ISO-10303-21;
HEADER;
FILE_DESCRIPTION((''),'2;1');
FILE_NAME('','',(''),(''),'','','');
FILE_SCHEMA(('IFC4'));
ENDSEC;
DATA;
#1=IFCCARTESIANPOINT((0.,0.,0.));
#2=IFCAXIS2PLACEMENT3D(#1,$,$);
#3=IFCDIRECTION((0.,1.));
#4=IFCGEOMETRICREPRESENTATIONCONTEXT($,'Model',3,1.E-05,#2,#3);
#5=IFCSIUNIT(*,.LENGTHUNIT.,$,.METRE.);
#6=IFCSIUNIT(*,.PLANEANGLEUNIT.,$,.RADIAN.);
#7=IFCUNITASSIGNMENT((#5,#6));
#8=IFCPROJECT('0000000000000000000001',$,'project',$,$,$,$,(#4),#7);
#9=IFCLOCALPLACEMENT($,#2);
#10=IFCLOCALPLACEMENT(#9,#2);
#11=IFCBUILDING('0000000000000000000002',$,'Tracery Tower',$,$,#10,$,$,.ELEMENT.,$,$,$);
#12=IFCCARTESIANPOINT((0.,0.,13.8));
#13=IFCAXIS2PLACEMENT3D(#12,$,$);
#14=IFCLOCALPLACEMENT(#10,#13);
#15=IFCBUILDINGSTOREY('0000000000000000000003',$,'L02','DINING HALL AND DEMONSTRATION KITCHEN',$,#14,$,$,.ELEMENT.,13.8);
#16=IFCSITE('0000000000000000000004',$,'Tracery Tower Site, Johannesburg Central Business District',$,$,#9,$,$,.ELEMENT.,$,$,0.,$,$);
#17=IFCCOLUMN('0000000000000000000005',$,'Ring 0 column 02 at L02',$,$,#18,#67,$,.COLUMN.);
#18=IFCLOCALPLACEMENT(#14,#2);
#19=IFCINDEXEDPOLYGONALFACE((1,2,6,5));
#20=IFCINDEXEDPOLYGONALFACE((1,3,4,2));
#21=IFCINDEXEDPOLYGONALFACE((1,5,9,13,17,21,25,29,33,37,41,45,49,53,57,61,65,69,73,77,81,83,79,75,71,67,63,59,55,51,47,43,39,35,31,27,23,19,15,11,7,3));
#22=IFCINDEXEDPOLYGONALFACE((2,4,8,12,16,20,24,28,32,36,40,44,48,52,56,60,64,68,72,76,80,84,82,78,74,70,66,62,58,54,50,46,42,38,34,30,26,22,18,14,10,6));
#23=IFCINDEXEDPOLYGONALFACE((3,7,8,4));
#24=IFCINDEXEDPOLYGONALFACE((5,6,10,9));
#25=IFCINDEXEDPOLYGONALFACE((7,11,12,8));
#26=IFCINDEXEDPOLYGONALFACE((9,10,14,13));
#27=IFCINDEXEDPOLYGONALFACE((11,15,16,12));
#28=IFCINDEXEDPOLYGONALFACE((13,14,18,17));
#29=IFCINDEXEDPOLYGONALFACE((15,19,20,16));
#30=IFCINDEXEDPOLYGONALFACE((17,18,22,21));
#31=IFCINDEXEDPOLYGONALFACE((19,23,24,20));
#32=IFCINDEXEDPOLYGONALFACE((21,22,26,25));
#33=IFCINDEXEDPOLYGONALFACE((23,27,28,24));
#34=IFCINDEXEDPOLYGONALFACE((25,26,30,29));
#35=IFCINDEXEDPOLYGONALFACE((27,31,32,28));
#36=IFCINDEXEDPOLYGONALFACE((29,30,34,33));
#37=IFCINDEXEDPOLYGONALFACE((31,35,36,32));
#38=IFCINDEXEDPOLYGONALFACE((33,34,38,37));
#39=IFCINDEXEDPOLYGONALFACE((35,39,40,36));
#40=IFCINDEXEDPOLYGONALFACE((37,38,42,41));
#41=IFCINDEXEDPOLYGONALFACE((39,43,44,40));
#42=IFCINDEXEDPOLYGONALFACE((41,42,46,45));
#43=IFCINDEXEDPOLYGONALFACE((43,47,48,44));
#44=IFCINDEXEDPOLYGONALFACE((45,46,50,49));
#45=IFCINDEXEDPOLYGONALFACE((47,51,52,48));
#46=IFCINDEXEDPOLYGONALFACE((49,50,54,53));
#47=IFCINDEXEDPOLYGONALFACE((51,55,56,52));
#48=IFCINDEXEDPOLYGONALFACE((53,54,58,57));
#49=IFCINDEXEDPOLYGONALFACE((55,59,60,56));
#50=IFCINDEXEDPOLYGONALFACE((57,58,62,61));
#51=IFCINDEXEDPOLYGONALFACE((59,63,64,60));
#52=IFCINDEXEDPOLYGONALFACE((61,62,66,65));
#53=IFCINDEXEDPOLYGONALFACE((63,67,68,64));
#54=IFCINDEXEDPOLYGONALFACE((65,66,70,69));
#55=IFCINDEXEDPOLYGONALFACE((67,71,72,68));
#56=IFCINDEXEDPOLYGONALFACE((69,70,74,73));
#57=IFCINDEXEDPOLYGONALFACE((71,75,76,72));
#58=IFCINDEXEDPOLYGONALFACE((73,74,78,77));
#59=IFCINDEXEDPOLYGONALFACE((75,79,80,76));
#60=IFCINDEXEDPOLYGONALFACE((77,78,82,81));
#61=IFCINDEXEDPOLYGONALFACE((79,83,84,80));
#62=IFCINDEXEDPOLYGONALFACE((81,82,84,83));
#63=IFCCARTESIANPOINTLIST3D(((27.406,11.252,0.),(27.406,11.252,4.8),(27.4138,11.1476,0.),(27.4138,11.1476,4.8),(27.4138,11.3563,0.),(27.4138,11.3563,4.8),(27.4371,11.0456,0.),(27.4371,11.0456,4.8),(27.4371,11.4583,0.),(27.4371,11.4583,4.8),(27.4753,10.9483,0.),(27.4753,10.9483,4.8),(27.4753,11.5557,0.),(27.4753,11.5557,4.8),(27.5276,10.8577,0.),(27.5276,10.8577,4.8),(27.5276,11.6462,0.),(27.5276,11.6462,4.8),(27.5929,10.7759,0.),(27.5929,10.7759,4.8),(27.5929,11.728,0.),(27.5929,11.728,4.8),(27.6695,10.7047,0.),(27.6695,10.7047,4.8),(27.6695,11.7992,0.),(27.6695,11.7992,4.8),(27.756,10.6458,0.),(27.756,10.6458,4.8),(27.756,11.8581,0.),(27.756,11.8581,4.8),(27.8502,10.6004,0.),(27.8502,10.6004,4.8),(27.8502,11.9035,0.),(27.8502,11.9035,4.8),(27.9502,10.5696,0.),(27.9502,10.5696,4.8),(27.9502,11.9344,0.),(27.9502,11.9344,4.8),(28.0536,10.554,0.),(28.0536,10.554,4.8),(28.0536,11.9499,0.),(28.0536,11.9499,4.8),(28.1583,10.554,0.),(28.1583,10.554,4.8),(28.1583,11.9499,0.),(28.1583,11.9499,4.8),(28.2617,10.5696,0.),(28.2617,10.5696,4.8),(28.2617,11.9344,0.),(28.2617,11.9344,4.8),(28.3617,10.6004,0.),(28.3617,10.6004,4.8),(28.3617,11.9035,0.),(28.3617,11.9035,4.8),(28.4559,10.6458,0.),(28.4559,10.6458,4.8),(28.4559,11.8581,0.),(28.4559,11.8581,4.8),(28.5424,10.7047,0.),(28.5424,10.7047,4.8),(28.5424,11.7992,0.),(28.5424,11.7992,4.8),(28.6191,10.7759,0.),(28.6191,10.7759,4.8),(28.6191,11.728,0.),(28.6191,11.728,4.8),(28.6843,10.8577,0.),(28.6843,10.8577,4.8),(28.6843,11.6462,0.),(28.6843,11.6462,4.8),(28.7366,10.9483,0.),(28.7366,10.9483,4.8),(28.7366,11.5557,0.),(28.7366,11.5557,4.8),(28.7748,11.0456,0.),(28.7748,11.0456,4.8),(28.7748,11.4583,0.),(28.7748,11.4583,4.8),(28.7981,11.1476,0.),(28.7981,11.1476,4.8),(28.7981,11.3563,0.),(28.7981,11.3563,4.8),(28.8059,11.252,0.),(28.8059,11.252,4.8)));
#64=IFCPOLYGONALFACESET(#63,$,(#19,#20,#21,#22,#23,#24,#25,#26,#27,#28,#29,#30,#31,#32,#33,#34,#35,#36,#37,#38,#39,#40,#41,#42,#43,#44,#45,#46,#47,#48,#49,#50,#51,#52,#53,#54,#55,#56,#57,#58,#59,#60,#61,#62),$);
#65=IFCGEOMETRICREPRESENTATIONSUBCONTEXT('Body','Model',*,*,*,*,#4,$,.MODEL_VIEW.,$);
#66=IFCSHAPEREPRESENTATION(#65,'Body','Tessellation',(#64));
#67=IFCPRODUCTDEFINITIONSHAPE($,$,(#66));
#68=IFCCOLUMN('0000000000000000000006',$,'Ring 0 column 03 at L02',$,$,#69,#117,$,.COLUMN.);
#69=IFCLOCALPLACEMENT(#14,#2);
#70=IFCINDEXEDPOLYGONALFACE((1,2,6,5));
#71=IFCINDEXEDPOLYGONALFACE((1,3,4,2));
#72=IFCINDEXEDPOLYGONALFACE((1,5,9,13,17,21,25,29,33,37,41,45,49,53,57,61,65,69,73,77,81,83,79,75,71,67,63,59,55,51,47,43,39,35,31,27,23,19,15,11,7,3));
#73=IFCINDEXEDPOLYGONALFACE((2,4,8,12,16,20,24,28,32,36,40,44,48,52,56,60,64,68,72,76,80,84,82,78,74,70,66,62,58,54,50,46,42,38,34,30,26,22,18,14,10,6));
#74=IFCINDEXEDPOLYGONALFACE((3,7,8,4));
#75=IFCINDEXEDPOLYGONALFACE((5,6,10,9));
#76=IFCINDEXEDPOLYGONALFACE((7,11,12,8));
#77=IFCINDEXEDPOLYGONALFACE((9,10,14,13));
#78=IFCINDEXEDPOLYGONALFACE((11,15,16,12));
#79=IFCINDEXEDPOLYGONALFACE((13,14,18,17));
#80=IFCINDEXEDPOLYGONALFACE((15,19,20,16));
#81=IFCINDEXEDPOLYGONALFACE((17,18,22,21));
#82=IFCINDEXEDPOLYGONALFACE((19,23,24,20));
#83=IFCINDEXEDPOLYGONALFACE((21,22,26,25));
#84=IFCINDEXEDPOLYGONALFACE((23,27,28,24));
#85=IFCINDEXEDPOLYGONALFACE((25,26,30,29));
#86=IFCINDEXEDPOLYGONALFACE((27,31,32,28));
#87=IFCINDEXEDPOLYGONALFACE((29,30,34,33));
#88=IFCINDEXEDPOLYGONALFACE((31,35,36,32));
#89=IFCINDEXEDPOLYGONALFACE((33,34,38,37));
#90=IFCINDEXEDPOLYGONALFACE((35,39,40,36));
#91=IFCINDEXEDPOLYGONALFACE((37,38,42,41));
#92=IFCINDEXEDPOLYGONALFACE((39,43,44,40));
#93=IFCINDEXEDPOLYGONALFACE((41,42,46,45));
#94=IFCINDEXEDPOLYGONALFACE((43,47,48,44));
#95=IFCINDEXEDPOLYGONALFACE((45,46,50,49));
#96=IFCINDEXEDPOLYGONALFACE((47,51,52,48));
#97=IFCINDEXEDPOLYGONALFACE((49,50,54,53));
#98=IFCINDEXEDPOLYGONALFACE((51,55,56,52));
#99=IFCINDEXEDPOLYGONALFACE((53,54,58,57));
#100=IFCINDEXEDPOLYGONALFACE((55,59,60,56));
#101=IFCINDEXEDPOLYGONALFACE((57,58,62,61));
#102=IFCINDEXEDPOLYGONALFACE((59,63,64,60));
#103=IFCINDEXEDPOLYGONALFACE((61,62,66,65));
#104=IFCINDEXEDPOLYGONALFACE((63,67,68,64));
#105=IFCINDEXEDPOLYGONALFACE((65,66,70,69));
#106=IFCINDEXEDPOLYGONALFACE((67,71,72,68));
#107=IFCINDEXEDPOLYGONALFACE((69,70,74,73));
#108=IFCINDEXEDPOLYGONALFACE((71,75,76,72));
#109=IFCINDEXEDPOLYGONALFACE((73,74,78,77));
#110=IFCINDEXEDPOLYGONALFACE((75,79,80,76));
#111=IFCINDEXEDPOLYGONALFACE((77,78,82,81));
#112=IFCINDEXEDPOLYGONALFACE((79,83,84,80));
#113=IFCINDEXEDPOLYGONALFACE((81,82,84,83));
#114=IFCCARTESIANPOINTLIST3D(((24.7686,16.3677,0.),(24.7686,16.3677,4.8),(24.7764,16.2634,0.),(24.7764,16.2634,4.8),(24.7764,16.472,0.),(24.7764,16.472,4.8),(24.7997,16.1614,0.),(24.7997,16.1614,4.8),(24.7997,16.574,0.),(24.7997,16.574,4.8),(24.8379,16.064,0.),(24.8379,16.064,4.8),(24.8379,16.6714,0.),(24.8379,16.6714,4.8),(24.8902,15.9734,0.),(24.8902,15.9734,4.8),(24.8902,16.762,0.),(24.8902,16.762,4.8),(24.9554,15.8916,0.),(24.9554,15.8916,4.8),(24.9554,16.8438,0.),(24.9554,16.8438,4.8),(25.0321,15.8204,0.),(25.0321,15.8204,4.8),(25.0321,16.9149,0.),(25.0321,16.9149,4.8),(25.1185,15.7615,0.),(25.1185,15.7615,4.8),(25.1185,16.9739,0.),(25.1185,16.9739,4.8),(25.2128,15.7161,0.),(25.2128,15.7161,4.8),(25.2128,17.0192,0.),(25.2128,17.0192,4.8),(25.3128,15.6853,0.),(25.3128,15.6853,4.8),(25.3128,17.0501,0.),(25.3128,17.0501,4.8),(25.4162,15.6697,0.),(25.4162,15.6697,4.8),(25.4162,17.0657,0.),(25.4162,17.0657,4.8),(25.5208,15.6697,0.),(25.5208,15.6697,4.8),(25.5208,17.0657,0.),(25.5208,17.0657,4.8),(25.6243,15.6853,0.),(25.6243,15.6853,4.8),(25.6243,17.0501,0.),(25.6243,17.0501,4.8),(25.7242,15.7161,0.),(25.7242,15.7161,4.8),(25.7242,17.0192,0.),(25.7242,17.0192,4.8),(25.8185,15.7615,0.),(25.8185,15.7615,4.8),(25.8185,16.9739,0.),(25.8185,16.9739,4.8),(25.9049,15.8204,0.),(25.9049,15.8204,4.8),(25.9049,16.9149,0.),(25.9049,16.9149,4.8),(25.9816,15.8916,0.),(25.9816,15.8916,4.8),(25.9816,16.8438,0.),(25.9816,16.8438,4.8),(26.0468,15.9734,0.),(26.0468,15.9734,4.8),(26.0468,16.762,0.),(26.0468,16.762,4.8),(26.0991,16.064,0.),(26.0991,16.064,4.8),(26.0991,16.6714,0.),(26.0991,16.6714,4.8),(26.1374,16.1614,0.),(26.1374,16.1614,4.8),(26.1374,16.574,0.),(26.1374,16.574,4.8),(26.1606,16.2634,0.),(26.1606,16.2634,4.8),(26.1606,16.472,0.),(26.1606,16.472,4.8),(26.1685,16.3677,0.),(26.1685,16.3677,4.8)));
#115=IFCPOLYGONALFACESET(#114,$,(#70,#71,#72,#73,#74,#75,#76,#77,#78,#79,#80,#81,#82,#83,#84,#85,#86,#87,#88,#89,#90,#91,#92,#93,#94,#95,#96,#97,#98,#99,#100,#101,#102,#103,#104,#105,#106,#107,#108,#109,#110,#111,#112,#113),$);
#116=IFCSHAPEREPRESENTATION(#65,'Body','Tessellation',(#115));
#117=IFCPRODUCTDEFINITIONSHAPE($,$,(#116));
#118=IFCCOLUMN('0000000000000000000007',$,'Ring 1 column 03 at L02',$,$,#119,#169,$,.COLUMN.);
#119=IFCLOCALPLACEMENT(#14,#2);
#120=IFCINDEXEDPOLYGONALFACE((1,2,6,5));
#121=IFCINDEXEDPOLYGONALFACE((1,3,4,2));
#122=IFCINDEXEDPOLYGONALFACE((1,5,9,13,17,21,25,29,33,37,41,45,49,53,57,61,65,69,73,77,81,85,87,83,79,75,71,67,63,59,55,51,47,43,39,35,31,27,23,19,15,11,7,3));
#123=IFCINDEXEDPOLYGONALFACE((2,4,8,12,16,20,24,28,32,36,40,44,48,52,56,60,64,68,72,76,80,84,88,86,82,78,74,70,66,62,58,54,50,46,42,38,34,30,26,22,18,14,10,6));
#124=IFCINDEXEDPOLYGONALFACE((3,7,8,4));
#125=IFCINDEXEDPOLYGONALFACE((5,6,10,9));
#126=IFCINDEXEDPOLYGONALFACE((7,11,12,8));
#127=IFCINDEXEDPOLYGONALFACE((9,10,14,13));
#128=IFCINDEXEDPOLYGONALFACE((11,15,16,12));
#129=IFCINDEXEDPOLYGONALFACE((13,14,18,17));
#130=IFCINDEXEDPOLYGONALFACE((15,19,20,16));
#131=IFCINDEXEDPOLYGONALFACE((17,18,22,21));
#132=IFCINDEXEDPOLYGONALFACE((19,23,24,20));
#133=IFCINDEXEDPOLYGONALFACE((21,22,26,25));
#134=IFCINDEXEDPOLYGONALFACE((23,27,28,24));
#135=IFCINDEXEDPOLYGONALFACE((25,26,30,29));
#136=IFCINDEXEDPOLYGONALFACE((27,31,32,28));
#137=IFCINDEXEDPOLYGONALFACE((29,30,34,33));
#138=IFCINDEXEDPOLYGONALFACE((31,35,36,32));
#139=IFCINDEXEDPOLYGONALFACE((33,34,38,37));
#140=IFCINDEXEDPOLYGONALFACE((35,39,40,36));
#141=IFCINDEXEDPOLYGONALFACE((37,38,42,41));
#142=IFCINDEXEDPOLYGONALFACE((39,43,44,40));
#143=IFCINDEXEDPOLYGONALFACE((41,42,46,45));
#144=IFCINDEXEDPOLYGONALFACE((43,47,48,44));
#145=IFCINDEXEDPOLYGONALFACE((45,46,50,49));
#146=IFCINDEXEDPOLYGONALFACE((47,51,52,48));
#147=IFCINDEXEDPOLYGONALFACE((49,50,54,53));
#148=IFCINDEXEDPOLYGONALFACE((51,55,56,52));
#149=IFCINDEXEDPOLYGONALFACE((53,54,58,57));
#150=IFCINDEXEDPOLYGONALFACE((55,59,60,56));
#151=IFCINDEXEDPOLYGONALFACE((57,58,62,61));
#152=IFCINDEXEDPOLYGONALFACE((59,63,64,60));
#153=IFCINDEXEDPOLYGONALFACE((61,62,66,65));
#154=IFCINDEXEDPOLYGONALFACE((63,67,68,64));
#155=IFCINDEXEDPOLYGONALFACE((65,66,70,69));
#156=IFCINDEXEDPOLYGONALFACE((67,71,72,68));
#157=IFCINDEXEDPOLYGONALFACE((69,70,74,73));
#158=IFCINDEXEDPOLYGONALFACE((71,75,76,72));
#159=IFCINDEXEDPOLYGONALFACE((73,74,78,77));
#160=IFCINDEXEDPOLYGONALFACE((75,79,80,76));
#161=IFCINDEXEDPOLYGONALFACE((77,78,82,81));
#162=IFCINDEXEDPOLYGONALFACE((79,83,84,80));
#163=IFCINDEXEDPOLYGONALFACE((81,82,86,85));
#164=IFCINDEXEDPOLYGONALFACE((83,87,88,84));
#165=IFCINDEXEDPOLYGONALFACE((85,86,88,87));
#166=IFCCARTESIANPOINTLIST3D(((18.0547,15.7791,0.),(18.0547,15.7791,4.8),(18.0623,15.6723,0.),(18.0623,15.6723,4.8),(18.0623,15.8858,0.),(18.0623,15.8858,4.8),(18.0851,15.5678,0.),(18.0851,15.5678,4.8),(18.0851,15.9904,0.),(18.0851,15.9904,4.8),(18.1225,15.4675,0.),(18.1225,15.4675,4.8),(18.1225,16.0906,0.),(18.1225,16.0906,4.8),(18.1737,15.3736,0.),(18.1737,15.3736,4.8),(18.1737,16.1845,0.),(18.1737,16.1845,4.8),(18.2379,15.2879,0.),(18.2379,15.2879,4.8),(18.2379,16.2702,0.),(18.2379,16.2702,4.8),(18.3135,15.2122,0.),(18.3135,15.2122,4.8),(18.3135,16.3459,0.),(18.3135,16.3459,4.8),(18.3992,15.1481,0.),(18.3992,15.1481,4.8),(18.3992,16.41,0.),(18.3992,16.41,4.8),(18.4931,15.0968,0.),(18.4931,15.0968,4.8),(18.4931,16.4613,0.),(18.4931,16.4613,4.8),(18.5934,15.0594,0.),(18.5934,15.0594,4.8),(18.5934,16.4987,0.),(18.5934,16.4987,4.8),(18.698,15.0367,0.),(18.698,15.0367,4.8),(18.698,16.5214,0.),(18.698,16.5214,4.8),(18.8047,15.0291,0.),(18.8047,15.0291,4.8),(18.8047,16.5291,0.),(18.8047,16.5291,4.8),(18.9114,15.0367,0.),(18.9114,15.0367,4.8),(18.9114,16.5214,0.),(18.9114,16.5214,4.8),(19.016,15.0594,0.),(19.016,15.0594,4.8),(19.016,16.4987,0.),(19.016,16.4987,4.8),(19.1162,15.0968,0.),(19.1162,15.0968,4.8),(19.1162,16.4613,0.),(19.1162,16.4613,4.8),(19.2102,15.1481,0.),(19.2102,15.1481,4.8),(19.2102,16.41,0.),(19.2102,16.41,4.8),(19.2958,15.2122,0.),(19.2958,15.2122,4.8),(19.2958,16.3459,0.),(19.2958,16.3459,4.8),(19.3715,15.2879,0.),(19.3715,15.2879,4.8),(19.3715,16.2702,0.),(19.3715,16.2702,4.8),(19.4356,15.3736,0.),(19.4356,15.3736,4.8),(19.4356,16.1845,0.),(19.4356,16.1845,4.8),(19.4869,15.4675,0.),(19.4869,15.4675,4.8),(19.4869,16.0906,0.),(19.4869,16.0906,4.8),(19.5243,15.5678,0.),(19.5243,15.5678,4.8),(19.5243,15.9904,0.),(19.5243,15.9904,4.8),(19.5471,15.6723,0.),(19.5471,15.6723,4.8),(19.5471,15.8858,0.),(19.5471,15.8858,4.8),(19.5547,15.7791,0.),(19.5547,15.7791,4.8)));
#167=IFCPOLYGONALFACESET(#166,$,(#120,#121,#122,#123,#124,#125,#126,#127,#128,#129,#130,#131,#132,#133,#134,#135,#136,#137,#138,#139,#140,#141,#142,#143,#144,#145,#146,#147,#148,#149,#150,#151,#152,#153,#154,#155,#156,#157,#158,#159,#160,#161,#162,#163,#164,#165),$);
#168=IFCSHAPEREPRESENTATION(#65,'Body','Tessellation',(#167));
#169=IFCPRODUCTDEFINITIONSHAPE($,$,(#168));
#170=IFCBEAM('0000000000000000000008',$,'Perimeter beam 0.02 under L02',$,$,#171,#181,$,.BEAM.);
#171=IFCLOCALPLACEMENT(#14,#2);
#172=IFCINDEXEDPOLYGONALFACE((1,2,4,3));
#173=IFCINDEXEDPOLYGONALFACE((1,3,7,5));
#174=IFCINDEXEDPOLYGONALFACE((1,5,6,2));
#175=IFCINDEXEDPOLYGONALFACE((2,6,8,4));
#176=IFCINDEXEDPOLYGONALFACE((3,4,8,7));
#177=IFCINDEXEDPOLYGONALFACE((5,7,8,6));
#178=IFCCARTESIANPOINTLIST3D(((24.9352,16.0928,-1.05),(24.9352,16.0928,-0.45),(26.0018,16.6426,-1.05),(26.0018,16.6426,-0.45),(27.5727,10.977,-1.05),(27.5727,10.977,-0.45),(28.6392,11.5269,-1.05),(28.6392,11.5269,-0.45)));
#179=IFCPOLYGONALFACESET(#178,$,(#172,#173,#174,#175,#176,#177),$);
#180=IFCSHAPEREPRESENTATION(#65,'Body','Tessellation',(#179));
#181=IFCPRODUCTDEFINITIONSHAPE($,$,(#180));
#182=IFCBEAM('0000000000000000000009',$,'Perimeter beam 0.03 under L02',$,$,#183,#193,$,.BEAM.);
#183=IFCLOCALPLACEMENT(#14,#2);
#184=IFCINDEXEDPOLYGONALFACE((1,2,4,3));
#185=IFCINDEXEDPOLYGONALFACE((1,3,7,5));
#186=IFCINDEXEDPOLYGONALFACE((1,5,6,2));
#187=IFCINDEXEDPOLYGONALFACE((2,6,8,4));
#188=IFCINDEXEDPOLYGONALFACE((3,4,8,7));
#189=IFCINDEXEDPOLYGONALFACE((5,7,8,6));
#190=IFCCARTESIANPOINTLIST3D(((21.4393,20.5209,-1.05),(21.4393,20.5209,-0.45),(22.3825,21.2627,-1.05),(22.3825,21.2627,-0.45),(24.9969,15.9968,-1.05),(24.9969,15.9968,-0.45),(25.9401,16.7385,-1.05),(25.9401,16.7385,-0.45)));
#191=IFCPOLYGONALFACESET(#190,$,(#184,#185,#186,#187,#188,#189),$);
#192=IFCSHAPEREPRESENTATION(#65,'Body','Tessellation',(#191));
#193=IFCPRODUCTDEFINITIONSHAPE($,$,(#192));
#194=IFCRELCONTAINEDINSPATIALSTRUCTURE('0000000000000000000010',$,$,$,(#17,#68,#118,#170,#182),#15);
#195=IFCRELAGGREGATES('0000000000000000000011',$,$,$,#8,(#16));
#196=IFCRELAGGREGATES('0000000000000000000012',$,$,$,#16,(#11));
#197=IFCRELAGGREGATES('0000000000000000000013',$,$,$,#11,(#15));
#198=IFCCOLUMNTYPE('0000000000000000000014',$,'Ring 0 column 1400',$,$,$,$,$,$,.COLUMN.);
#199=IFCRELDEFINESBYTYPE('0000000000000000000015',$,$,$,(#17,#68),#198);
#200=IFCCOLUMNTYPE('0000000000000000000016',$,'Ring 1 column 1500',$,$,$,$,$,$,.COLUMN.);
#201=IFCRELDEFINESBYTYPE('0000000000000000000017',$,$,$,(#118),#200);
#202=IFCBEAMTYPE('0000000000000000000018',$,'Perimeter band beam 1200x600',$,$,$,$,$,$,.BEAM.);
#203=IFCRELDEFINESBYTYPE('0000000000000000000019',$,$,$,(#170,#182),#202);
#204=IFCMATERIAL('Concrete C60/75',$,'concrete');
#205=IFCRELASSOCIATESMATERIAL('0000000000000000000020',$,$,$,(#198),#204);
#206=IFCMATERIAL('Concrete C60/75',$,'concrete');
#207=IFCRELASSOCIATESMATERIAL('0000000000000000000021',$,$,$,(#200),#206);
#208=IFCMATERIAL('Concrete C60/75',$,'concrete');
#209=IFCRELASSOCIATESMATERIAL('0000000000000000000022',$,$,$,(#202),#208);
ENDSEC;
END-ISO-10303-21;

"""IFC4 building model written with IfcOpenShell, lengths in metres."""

from ifc_helpers import new_model, si_unit, direction, frame, origin, origin_2d, place, context, subcontext, project, spatial, rectangle, circle, extrude, material, material_profile, profile_set, type_object, element, save


model = new_model("IFC4")

# Units and contexts
model_context = context("Model", 3, precision=1e-05, world=origin(), true_north=direction((0.0, 1.0)))
body_context = subcontext(model_context, "Body", "Model", "MODEL_VIEW")
ifc_project = project(units=[si_unit("LENGTHUNIT", "METRE"), si_unit("PLANEANGLEUNIT", "RADIAN")], contexts=[model_context])

# Site, building, storey
site_placement = place(None, origin())
site = spatial("IfcSite", under=ifc_project, at=site_placement, Name="Tracery Tower Site, Johannesburg Central Business District", CompositionType="ELEMENT", RefElevation=0.0)
building_placement = place(site_placement, origin())
building = spatial("IfcBuilding", under=site, at=building_placement, Name="Tracery Tower", CompositionType="ELEMENT")
storey_placement = place(building_placement, frame((0.0, 0.0, 13.8)))
storey = spatial("IfcBuildingStorey", under=building, at=storey_placement, Name="L02", Description="DINING HALL AND DEMONSTRATION KITCHEN", CompositionType="ELEMENT", Elevation=13.8)

# Columns
ifc_material_1 = material(Name="Concrete C60/75", Category="concrete")
ifc_material_profile_1 = material_profile(ifc_material_1, circle(Radius=0.7, at=origin_2d()), Name="RC D1400")
ifc_profile_set_1 = profile_set([ifc_material_profile_1], Name="Concrete C60/75")
column_type_1 = type_object("IfcColumnType", Name="Ring 0 column 1400", PredefinedType="COLUMN", material=ifc_profile_set_1)
for number, where, z_axis, x_axis, name in (
    (1, (28.106, 11.252, 0.0), (0.0, 0.0, 1.0), (1.0, 0.0, 0.0), "Ring 0 column 02 at L02"),
    (2, (25.4685, 16.3677, 0.0), (0.0, 0.0, 1.0), (1.0, 0.0, 0.0), "Ring 0 column 03 at L02"),
):
    element("IfcColumn", number, at=place(storey_placement, frame(where, z_axis=z_axis, x_axis=x_axis)), inside=storey, type_object=column_type_1, Name=name, PredefinedType="COLUMN", context=body_context, shape_type="SweptSolid", body=[
        extrude(circle(Radius=0.7, at=origin_2d()), origin(), (0.0, 0.0, 1.0), 4.8),
    ])
ifc_material_2 = material(Name="Concrete C60/75", Category="concrete")
ifc_material_profile_2 = material_profile(ifc_material_2, circle(Radius=0.75, at=origin_2d()), Name="RC D1500")
ifc_profile_set_2 = profile_set([ifc_material_profile_2], Name="Concrete C60/75")
column_type_2 = type_object("IfcColumnType", Name="Ring 1 column 1500", PredefinedType="COLUMN", material=ifc_profile_set_2)
column_placement = place(storey_placement, frame((18.8047, 15.7791, 0.0), z_axis=(0.0, 0.0, 1.0), x_axis=(1.0, 0.0, 0.0)))
element("IfcColumn", 3, at=column_placement, inside=storey, type_object=column_type_2, Name="Ring 1 column 03 at L02", PredefinedType="COLUMN", context=body_context, shape_type="SweptSolid", body=[
    extrude(circle(Radius=0.75, at=origin_2d()), origin(), (0.0, 0.0, 1.0), 4.8),
])

# Beams
ifc_material_3 = material(Name="Concrete C60/75", Category="concrete")
ifc_material_profile_3 = material_profile(ifc_material_3, rectangle(XDim=1.2, YDim=0.6001, at=origin_2d()), Name="RC 1200x600")
ifc_profile_set_3 = profile_set([ifc_material_profile_3], Name="Concrete C60/75")
beam_type = type_object("IfcBeamType", Name="Perimeter band beam 1200x600", PredefinedType="BEAM", material=ifc_profile_set_3)
beam_1_placement = place(storey_placement, frame((28.106, 11.252, -0.75), z_axis=(-0.458242, 0.888827, 0.0), x_axis=(-0.888827, -0.458242, 0.0)))
element("IfcBeam", 4, at=beam_1_placement, inside=storey, type_object=beam_type, Name="Perimeter beam 0.02 under L02", PredefinedType="BEAM", context=body_context, shape_type="SweptSolid", body=[
    extrude(rectangle(XDim=1.2, YDim=0.6001, at=origin_2d()), origin(), (0.0, 0.0, 1.0), 5.7556),
])
beam_2_placement = place(storey_placement, frame((25.4685, 16.3677, -0.75), z_axis=(-0.618134, 0.786072, 0.0), x_axis=(-0.786072, -0.618134, 0.0)))
element("IfcBeam", 5, at=beam_2_placement, inside=storey, type_object=beam_type, Name="Perimeter beam 0.03 under L02", PredefinedType="BEAM", context=body_context, shape_type="SweptSolid", body=[
    extrude(rectangle(XDim=1.2, YDim=0.6001, at=origin_2d()), origin(), (0.0, 0.0, 1.0), 5.7554),
])

save(model, "model.ifc")
